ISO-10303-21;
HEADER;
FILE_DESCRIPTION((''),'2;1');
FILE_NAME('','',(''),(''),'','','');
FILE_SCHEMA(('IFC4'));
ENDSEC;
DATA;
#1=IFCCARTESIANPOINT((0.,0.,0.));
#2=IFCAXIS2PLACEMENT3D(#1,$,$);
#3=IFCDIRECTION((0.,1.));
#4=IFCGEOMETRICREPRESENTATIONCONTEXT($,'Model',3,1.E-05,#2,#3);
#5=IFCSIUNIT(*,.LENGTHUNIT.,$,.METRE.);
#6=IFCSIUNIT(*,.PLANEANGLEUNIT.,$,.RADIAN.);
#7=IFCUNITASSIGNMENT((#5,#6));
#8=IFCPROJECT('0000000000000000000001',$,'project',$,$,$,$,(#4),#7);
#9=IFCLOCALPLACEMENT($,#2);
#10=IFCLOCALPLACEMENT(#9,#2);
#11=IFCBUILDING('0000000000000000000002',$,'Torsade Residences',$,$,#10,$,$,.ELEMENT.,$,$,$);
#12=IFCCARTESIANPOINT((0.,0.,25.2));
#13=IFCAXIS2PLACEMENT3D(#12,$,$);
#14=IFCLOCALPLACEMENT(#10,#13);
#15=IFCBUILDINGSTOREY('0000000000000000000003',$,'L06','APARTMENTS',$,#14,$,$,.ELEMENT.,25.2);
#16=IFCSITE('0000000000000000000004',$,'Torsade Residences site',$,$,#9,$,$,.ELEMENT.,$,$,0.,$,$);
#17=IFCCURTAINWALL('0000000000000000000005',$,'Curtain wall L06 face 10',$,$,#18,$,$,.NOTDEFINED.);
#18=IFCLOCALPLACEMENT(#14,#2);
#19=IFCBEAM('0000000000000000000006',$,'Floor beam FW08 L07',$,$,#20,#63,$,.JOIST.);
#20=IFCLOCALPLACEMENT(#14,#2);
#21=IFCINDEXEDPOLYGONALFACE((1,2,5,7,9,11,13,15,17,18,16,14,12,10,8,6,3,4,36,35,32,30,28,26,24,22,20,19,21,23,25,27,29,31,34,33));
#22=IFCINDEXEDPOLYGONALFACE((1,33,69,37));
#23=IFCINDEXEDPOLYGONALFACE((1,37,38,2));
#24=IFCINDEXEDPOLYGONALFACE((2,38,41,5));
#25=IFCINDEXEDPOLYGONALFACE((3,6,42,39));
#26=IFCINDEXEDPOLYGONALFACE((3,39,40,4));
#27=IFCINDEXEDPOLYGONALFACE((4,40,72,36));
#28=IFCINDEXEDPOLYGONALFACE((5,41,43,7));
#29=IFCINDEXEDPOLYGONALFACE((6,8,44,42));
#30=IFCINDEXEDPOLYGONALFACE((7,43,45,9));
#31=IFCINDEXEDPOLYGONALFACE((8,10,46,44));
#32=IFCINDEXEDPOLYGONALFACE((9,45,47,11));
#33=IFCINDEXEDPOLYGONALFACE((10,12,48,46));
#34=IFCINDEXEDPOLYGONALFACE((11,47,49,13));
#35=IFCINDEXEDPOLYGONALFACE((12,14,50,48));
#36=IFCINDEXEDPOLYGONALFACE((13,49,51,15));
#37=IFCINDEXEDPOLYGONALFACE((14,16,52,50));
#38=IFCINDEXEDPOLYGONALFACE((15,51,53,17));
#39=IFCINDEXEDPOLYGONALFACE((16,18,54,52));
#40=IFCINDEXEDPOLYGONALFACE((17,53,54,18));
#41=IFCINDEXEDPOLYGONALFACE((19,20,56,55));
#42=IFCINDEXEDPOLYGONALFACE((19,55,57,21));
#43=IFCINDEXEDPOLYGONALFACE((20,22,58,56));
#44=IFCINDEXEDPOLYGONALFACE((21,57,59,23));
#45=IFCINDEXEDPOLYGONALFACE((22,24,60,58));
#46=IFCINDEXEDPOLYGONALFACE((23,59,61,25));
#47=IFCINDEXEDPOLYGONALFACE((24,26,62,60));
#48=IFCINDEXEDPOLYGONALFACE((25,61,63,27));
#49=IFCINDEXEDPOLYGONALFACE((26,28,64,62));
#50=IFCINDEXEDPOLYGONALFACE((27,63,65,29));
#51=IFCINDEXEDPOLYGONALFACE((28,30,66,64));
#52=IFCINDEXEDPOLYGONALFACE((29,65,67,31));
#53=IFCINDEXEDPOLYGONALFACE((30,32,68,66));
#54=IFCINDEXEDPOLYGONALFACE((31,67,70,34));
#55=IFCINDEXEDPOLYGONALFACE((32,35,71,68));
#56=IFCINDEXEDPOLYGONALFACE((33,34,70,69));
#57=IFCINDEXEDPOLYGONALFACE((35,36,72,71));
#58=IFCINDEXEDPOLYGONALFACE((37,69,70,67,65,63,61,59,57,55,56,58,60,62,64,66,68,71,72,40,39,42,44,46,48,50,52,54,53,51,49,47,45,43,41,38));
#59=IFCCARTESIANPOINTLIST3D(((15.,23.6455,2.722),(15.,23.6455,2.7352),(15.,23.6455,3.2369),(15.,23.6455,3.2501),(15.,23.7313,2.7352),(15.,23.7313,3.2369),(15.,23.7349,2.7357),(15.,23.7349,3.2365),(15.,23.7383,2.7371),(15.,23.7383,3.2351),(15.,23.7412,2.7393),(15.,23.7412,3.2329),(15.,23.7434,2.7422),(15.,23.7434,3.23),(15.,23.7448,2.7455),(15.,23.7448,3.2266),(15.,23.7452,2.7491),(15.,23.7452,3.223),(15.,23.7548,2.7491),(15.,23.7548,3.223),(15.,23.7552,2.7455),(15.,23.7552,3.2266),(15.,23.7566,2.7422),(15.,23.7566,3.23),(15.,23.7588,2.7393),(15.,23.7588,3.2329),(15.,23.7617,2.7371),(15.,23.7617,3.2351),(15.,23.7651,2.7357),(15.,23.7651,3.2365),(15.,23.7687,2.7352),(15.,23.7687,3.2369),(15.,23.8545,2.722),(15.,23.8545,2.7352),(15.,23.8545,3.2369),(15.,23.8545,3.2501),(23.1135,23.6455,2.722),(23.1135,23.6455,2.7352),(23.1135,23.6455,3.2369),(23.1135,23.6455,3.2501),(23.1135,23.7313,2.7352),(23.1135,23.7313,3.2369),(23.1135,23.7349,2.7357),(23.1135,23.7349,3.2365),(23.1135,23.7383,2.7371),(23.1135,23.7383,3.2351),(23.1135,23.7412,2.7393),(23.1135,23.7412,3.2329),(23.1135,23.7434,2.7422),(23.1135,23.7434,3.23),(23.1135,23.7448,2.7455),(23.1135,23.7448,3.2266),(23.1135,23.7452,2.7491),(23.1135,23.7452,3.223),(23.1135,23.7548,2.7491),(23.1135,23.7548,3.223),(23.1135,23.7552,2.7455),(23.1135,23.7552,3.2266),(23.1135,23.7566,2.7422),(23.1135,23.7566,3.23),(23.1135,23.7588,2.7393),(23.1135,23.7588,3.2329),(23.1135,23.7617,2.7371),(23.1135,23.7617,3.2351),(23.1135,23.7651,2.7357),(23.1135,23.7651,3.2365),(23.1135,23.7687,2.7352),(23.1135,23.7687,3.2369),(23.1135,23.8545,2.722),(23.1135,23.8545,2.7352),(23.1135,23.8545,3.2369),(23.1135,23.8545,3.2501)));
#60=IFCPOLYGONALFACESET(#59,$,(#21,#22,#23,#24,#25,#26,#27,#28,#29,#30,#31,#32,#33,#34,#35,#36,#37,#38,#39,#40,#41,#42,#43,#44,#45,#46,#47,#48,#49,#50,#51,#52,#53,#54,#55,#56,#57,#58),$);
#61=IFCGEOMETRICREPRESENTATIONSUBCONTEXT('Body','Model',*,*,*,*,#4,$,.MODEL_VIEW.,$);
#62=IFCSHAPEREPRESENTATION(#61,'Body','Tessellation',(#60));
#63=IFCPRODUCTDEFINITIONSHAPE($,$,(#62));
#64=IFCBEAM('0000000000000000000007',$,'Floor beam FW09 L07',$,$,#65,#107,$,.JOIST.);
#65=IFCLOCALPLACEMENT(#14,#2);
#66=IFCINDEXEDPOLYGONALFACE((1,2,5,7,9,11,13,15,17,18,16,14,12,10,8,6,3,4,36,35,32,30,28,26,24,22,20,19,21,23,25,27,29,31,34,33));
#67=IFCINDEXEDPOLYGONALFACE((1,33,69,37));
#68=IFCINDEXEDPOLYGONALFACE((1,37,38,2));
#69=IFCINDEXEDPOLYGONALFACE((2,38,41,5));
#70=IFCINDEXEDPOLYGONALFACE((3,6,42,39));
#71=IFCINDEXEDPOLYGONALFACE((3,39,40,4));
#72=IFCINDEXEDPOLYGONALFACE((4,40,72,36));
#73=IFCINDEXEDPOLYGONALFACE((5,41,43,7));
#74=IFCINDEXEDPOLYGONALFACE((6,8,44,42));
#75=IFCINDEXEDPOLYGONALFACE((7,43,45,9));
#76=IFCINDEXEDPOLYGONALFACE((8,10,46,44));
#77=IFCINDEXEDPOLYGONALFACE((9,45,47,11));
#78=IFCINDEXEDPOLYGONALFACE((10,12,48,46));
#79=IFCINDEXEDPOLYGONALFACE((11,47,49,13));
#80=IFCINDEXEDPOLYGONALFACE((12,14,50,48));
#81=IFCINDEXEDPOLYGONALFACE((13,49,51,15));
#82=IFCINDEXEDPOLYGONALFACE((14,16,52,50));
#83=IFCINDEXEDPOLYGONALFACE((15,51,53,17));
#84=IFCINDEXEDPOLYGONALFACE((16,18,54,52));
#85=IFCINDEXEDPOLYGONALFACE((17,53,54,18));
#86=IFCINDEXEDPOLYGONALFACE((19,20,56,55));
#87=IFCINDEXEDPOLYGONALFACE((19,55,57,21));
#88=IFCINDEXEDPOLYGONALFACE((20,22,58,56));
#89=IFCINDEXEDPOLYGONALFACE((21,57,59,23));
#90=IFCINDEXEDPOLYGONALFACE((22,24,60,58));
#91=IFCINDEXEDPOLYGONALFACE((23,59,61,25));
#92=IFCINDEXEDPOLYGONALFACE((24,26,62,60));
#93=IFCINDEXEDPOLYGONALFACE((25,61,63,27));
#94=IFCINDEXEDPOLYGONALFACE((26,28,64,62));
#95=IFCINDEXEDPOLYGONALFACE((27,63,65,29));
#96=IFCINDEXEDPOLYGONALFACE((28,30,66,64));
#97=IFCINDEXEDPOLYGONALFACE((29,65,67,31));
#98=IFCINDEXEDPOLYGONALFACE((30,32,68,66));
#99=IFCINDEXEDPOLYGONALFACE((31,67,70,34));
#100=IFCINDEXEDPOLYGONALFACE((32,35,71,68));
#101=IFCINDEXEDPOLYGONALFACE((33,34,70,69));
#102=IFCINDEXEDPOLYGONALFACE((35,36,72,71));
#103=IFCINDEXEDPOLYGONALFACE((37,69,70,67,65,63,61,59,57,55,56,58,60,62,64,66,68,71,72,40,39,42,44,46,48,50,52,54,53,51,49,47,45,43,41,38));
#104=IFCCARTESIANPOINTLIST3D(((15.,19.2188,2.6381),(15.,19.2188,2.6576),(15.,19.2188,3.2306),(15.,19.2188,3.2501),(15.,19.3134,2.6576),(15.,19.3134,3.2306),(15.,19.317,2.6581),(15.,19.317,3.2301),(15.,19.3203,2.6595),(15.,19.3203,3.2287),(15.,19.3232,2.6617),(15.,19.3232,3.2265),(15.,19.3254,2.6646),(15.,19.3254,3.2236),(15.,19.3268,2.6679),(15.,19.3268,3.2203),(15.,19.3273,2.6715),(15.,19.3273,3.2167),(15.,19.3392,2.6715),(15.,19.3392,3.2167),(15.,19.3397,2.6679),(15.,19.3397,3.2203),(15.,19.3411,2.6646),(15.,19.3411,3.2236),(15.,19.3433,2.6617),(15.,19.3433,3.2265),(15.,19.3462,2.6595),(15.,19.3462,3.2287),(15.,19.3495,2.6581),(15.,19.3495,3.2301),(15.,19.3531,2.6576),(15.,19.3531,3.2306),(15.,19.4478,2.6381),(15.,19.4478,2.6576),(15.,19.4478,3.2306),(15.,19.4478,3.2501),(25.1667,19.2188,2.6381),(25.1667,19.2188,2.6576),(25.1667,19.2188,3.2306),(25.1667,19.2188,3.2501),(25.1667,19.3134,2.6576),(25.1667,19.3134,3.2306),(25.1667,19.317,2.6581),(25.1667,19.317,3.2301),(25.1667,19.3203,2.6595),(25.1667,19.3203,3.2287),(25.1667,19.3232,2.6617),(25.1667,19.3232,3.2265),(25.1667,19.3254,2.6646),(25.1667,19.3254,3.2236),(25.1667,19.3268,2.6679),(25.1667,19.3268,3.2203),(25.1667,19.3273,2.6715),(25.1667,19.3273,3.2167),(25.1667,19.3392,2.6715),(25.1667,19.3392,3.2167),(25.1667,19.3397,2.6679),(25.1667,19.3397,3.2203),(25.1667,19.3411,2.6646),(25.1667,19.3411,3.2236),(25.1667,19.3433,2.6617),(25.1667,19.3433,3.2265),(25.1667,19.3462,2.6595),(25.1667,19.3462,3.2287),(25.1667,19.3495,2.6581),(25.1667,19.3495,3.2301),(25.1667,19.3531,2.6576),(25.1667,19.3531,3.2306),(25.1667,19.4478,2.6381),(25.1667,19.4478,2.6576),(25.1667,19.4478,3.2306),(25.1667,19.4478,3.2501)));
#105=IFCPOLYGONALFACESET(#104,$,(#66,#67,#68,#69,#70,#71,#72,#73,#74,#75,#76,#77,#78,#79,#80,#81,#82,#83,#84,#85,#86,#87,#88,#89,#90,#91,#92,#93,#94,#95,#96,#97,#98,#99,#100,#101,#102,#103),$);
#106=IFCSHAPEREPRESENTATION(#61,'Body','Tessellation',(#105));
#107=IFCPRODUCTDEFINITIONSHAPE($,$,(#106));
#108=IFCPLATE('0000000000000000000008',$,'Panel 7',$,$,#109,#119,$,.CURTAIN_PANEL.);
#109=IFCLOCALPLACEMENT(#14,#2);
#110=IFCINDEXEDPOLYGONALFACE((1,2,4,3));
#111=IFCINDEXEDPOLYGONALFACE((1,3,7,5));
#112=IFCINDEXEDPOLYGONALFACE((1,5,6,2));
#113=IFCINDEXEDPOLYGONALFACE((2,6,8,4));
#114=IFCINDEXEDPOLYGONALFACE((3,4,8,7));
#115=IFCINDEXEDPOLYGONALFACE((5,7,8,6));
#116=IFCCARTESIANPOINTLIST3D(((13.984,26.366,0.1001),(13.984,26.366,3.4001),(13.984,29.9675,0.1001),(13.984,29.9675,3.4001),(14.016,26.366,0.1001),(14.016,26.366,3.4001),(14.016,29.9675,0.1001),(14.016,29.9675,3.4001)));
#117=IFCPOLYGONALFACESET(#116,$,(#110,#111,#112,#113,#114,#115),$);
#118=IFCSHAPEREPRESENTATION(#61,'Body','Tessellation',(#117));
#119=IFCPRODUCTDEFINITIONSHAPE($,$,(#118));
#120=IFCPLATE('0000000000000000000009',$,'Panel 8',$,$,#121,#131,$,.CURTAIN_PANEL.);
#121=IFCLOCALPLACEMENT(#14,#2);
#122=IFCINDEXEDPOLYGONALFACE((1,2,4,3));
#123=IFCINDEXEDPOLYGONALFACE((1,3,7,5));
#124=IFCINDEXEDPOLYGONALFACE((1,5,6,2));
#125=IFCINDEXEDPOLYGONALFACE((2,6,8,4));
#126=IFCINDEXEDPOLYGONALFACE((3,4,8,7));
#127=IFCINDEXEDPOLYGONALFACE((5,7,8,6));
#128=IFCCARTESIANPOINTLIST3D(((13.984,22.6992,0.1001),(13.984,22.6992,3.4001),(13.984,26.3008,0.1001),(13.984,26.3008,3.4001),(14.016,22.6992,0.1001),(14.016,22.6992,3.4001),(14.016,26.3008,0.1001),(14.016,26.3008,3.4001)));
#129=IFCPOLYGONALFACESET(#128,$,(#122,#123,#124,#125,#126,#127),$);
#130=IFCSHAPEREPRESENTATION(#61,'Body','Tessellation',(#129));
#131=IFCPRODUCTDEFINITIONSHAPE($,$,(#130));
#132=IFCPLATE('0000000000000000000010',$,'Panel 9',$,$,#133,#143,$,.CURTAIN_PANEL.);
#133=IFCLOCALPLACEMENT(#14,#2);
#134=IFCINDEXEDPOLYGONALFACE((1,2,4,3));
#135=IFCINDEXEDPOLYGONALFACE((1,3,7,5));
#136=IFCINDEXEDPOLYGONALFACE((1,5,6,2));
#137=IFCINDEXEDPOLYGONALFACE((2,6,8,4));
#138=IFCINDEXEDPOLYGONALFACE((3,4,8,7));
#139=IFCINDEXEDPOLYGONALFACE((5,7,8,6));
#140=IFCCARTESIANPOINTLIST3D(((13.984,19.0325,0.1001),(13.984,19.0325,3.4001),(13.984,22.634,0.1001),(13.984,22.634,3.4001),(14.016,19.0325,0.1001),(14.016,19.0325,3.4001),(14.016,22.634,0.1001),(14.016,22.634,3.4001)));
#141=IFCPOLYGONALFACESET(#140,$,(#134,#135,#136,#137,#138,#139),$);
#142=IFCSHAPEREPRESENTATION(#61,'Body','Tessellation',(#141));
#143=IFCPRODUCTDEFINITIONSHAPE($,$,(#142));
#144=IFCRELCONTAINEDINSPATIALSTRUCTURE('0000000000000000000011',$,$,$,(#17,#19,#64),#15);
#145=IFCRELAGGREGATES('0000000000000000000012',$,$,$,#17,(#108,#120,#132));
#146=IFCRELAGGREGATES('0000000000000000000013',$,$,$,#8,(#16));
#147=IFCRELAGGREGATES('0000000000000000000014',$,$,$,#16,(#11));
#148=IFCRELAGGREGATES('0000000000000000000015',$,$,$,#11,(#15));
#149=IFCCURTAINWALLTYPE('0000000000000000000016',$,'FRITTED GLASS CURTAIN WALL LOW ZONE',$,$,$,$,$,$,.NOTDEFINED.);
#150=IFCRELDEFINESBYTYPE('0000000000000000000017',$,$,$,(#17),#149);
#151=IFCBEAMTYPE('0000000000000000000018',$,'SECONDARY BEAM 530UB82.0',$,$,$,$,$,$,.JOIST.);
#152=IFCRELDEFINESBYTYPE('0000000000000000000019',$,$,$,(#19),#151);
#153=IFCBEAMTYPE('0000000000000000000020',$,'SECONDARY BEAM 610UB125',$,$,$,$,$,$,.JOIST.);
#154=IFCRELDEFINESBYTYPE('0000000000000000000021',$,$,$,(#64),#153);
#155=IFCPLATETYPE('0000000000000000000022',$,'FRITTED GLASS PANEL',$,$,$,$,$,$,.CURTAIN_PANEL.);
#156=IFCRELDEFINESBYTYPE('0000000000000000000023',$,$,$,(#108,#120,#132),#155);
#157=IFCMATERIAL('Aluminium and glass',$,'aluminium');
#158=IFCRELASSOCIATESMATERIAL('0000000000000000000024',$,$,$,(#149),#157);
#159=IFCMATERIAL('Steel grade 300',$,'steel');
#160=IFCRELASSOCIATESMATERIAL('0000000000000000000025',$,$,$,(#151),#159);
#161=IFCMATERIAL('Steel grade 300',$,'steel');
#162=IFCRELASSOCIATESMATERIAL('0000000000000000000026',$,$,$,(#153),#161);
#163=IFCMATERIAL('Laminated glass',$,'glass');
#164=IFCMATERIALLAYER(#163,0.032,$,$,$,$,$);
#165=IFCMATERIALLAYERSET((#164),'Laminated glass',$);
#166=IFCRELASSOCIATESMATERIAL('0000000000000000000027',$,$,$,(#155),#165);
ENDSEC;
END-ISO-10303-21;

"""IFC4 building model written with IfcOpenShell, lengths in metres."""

from ifc_helpers import new_model, si_unit, direction, frame, origin, origin_2d, place, context, subcontext, project, spatial, rectangle, i_section, extrude, material, layer, layer_set, material_profile, profile_set, type_object, element, aggregate, save


model = new_model("IFC4")

# Units and contexts
model_context = context("Model", 3, precision=1e-05, world=origin(), true_north=direction((0.0, 1.0)))
body_context = subcontext(model_context, "Body", "Model", "MODEL_VIEW")
ifc_project = project(units=[si_unit("LENGTHUNIT", "METRE"), si_unit("PLANEANGLEUNIT", "RADIAN")], contexts=[model_context])

# Site, building, storey
site_placement = place(None, origin())
site = spatial("IfcSite", under=ifc_project, at=site_placement, Name="Torsade Residences site", CompositionType="ELEMENT", RefElevation=0.0)
building_placement = place(site_placement, origin())
building = spatial("IfcBuilding", under=site, at=building_placement, Name="Torsade Residences", CompositionType="ELEMENT")
storey_placement = place(building_placement, frame((0.0, 0.0, 25.2)))
storey = spatial("IfcBuildingStorey", under=building, at=storey_placement, Name="L06", Description="APARTMENTS", CompositionType="ELEMENT", Elevation=25.2)

# Curtain wall
ifc_material_1 = material(Name="Aluminium and glass", Category="aluminium")
curtain_wall_type = type_object("IfcCurtainWallType", Name="FRITTED GLASS CURTAIN WALL LOW ZONE", PredefinedType="NOTDEFINED", material=ifc_material_1)
curtain_wall_placement = place(storey_placement, origin())
curtain_wall = element("IfcCurtainWall", 1, at=curtain_wall_placement, inside=storey, type_object=curtain_wall_type, Name="Curtain wall L06 face 10", PredefinedType="NOTDEFINED")

# Beams
ifc_material_2 = material(Name="Steel grade 300", Category="steel")
ifc_material_profile_1 = material_profile(ifc_material_2, i_section(OverallWidth=0.209, OverallDepth=0.5281, WebThickness=0.0095, FlangeThickness=0.0132, FilletRadius=0.0139, at=origin_2d()), Name="530UB82.0")
ifc_profile_set_1 = profile_set([ifc_material_profile_1], Name="Steel grade 300")
beam_type_1 = type_object("IfcBeamType", Name="SECONDARY BEAM 530UB82.0", PredefinedType="JOIST", material=ifc_profile_set_1)
beam_1_placement = place(storey_placement, frame((15.0, 23.75, 2.9861), z_axis=(1.0, 0.0, 0.0), x_axis=(0.0, 1.0, 0.0)))
element("IfcBeam", 2, at=beam_1_placement, inside=storey, type_object=beam_type_1, Name="Floor beam FW08 L07", PredefinedType="JOIST", context=body_context, shape_type="SweptSolid", body=[
    extrude(i_section(OverallWidth=0.209, OverallDepth=0.5281, WebThickness=0.0095, FlangeThickness=0.0132, FilletRadius=0.0139, at=origin_2d()), origin(), (0.0, 0.0, 1.0), 8.1135),
])
ifc_material_3 = material(Name="Steel grade 300", Category="steel")
ifc_material_profile_2 = material_profile(ifc_material_3, i_section(OverallWidth=0.229, OverallDepth=0.6121, WebThickness=0.012, FlangeThickness=0.0195, FilletRadius=0.0139, at=origin_2d()), Name="610UB125")
ifc_profile_set_2 = profile_set([ifc_material_profile_2], Name="Steel grade 300")
beam_type_2 = type_object("IfcBeamType", Name="SECONDARY BEAM 610UB125", PredefinedType="JOIST", material=ifc_profile_set_2)
beam_2_placement = place(storey_placement, frame((15.0, 19.3333, 2.9441), z_axis=(1.0, 0.0, 0.0), x_axis=(0.0, 1.0, 0.0)))
element("IfcBeam", 3, at=beam_2_placement, inside=storey, type_object=beam_type_2, Name="Floor beam FW09 L07", PredefinedType="JOIST", context=body_context, shape_type="SweptSolid", body=[
    extrude(i_section(OverallWidth=0.229, OverallDepth=0.6121, WebThickness=0.012, FlangeThickness=0.0195, FilletRadius=0.0139, at=origin_2d()), origin(), (0.0, 0.0, 1.0), 10.1667),
])

# Plates
ifc_material_4 = material(Name="Laminated glass", Category="glass")
ifc_layer_1 = layer(ifc_material_4, 0.032)
ifc_layer_set_1 = layer_set([ifc_layer_1], Name="Laminated glass")
plate_type = type_object("IfcPlateType", Name="FRITTED GLASS PANEL", PredefinedType="CURTAIN_PANEL", material=ifc_layer_set_1)
plate_1_placement = place(storey_placement, frame((14.0, 28.1667, 0.1001), z_axis=(0.0, 0.0, 1.0), x_axis=(0.0, -1.0, 0.0)))
plate_1 = element("IfcPlate", 4, at=plate_1_placement, type_object=plate_type, Name="Panel 7", PredefinedType="CURTAIN_PANEL", context=body_context, shape_type="SweptSolid", body=[
    extrude(rectangle(XDim=3.6016, YDim=0.032, at=origin_2d()), origin(), (0.0, 0.0, 1.0), 3.3),
])
plate_2_placement = place(storey_placement, frame((14.0, 24.5, 0.1001), z_axis=(0.0, 0.0, 1.0), x_axis=(0.0, -1.0, 0.0)))
plate_2 = element("IfcPlate", 5, at=plate_2_placement, type_object=plate_type, Name="Panel 8", PredefinedType="CURTAIN_PANEL", context=body_context, shape_type="SweptSolid", body=[
    extrude(rectangle(XDim=3.6016, YDim=0.032, at=origin_2d()), origin(), (0.0, 0.0, 1.0), 3.3),
])
plate_3_placement = place(storey_placement, frame((14.0, 20.8333, 0.1001), z_axis=(0.0, 0.0, 1.0), x_axis=(0.0, -1.0, 0.0)))
plate_3 = element("IfcPlate", 6, at=plate_3_placement, type_object=plate_type, Name="Panel 9", PredefinedType="CURTAIN_PANEL", context=body_context, shape_type="SweptSolid", body=[
    extrude(rectangle(XDim=3.6016, YDim=0.032, at=origin_2d()), origin(), (0.0, 0.0, 1.0), 3.3),
])
aggregate(curtain_wall, [plate_1, plate_2, plate_3])

save(model, "model.ifc")
